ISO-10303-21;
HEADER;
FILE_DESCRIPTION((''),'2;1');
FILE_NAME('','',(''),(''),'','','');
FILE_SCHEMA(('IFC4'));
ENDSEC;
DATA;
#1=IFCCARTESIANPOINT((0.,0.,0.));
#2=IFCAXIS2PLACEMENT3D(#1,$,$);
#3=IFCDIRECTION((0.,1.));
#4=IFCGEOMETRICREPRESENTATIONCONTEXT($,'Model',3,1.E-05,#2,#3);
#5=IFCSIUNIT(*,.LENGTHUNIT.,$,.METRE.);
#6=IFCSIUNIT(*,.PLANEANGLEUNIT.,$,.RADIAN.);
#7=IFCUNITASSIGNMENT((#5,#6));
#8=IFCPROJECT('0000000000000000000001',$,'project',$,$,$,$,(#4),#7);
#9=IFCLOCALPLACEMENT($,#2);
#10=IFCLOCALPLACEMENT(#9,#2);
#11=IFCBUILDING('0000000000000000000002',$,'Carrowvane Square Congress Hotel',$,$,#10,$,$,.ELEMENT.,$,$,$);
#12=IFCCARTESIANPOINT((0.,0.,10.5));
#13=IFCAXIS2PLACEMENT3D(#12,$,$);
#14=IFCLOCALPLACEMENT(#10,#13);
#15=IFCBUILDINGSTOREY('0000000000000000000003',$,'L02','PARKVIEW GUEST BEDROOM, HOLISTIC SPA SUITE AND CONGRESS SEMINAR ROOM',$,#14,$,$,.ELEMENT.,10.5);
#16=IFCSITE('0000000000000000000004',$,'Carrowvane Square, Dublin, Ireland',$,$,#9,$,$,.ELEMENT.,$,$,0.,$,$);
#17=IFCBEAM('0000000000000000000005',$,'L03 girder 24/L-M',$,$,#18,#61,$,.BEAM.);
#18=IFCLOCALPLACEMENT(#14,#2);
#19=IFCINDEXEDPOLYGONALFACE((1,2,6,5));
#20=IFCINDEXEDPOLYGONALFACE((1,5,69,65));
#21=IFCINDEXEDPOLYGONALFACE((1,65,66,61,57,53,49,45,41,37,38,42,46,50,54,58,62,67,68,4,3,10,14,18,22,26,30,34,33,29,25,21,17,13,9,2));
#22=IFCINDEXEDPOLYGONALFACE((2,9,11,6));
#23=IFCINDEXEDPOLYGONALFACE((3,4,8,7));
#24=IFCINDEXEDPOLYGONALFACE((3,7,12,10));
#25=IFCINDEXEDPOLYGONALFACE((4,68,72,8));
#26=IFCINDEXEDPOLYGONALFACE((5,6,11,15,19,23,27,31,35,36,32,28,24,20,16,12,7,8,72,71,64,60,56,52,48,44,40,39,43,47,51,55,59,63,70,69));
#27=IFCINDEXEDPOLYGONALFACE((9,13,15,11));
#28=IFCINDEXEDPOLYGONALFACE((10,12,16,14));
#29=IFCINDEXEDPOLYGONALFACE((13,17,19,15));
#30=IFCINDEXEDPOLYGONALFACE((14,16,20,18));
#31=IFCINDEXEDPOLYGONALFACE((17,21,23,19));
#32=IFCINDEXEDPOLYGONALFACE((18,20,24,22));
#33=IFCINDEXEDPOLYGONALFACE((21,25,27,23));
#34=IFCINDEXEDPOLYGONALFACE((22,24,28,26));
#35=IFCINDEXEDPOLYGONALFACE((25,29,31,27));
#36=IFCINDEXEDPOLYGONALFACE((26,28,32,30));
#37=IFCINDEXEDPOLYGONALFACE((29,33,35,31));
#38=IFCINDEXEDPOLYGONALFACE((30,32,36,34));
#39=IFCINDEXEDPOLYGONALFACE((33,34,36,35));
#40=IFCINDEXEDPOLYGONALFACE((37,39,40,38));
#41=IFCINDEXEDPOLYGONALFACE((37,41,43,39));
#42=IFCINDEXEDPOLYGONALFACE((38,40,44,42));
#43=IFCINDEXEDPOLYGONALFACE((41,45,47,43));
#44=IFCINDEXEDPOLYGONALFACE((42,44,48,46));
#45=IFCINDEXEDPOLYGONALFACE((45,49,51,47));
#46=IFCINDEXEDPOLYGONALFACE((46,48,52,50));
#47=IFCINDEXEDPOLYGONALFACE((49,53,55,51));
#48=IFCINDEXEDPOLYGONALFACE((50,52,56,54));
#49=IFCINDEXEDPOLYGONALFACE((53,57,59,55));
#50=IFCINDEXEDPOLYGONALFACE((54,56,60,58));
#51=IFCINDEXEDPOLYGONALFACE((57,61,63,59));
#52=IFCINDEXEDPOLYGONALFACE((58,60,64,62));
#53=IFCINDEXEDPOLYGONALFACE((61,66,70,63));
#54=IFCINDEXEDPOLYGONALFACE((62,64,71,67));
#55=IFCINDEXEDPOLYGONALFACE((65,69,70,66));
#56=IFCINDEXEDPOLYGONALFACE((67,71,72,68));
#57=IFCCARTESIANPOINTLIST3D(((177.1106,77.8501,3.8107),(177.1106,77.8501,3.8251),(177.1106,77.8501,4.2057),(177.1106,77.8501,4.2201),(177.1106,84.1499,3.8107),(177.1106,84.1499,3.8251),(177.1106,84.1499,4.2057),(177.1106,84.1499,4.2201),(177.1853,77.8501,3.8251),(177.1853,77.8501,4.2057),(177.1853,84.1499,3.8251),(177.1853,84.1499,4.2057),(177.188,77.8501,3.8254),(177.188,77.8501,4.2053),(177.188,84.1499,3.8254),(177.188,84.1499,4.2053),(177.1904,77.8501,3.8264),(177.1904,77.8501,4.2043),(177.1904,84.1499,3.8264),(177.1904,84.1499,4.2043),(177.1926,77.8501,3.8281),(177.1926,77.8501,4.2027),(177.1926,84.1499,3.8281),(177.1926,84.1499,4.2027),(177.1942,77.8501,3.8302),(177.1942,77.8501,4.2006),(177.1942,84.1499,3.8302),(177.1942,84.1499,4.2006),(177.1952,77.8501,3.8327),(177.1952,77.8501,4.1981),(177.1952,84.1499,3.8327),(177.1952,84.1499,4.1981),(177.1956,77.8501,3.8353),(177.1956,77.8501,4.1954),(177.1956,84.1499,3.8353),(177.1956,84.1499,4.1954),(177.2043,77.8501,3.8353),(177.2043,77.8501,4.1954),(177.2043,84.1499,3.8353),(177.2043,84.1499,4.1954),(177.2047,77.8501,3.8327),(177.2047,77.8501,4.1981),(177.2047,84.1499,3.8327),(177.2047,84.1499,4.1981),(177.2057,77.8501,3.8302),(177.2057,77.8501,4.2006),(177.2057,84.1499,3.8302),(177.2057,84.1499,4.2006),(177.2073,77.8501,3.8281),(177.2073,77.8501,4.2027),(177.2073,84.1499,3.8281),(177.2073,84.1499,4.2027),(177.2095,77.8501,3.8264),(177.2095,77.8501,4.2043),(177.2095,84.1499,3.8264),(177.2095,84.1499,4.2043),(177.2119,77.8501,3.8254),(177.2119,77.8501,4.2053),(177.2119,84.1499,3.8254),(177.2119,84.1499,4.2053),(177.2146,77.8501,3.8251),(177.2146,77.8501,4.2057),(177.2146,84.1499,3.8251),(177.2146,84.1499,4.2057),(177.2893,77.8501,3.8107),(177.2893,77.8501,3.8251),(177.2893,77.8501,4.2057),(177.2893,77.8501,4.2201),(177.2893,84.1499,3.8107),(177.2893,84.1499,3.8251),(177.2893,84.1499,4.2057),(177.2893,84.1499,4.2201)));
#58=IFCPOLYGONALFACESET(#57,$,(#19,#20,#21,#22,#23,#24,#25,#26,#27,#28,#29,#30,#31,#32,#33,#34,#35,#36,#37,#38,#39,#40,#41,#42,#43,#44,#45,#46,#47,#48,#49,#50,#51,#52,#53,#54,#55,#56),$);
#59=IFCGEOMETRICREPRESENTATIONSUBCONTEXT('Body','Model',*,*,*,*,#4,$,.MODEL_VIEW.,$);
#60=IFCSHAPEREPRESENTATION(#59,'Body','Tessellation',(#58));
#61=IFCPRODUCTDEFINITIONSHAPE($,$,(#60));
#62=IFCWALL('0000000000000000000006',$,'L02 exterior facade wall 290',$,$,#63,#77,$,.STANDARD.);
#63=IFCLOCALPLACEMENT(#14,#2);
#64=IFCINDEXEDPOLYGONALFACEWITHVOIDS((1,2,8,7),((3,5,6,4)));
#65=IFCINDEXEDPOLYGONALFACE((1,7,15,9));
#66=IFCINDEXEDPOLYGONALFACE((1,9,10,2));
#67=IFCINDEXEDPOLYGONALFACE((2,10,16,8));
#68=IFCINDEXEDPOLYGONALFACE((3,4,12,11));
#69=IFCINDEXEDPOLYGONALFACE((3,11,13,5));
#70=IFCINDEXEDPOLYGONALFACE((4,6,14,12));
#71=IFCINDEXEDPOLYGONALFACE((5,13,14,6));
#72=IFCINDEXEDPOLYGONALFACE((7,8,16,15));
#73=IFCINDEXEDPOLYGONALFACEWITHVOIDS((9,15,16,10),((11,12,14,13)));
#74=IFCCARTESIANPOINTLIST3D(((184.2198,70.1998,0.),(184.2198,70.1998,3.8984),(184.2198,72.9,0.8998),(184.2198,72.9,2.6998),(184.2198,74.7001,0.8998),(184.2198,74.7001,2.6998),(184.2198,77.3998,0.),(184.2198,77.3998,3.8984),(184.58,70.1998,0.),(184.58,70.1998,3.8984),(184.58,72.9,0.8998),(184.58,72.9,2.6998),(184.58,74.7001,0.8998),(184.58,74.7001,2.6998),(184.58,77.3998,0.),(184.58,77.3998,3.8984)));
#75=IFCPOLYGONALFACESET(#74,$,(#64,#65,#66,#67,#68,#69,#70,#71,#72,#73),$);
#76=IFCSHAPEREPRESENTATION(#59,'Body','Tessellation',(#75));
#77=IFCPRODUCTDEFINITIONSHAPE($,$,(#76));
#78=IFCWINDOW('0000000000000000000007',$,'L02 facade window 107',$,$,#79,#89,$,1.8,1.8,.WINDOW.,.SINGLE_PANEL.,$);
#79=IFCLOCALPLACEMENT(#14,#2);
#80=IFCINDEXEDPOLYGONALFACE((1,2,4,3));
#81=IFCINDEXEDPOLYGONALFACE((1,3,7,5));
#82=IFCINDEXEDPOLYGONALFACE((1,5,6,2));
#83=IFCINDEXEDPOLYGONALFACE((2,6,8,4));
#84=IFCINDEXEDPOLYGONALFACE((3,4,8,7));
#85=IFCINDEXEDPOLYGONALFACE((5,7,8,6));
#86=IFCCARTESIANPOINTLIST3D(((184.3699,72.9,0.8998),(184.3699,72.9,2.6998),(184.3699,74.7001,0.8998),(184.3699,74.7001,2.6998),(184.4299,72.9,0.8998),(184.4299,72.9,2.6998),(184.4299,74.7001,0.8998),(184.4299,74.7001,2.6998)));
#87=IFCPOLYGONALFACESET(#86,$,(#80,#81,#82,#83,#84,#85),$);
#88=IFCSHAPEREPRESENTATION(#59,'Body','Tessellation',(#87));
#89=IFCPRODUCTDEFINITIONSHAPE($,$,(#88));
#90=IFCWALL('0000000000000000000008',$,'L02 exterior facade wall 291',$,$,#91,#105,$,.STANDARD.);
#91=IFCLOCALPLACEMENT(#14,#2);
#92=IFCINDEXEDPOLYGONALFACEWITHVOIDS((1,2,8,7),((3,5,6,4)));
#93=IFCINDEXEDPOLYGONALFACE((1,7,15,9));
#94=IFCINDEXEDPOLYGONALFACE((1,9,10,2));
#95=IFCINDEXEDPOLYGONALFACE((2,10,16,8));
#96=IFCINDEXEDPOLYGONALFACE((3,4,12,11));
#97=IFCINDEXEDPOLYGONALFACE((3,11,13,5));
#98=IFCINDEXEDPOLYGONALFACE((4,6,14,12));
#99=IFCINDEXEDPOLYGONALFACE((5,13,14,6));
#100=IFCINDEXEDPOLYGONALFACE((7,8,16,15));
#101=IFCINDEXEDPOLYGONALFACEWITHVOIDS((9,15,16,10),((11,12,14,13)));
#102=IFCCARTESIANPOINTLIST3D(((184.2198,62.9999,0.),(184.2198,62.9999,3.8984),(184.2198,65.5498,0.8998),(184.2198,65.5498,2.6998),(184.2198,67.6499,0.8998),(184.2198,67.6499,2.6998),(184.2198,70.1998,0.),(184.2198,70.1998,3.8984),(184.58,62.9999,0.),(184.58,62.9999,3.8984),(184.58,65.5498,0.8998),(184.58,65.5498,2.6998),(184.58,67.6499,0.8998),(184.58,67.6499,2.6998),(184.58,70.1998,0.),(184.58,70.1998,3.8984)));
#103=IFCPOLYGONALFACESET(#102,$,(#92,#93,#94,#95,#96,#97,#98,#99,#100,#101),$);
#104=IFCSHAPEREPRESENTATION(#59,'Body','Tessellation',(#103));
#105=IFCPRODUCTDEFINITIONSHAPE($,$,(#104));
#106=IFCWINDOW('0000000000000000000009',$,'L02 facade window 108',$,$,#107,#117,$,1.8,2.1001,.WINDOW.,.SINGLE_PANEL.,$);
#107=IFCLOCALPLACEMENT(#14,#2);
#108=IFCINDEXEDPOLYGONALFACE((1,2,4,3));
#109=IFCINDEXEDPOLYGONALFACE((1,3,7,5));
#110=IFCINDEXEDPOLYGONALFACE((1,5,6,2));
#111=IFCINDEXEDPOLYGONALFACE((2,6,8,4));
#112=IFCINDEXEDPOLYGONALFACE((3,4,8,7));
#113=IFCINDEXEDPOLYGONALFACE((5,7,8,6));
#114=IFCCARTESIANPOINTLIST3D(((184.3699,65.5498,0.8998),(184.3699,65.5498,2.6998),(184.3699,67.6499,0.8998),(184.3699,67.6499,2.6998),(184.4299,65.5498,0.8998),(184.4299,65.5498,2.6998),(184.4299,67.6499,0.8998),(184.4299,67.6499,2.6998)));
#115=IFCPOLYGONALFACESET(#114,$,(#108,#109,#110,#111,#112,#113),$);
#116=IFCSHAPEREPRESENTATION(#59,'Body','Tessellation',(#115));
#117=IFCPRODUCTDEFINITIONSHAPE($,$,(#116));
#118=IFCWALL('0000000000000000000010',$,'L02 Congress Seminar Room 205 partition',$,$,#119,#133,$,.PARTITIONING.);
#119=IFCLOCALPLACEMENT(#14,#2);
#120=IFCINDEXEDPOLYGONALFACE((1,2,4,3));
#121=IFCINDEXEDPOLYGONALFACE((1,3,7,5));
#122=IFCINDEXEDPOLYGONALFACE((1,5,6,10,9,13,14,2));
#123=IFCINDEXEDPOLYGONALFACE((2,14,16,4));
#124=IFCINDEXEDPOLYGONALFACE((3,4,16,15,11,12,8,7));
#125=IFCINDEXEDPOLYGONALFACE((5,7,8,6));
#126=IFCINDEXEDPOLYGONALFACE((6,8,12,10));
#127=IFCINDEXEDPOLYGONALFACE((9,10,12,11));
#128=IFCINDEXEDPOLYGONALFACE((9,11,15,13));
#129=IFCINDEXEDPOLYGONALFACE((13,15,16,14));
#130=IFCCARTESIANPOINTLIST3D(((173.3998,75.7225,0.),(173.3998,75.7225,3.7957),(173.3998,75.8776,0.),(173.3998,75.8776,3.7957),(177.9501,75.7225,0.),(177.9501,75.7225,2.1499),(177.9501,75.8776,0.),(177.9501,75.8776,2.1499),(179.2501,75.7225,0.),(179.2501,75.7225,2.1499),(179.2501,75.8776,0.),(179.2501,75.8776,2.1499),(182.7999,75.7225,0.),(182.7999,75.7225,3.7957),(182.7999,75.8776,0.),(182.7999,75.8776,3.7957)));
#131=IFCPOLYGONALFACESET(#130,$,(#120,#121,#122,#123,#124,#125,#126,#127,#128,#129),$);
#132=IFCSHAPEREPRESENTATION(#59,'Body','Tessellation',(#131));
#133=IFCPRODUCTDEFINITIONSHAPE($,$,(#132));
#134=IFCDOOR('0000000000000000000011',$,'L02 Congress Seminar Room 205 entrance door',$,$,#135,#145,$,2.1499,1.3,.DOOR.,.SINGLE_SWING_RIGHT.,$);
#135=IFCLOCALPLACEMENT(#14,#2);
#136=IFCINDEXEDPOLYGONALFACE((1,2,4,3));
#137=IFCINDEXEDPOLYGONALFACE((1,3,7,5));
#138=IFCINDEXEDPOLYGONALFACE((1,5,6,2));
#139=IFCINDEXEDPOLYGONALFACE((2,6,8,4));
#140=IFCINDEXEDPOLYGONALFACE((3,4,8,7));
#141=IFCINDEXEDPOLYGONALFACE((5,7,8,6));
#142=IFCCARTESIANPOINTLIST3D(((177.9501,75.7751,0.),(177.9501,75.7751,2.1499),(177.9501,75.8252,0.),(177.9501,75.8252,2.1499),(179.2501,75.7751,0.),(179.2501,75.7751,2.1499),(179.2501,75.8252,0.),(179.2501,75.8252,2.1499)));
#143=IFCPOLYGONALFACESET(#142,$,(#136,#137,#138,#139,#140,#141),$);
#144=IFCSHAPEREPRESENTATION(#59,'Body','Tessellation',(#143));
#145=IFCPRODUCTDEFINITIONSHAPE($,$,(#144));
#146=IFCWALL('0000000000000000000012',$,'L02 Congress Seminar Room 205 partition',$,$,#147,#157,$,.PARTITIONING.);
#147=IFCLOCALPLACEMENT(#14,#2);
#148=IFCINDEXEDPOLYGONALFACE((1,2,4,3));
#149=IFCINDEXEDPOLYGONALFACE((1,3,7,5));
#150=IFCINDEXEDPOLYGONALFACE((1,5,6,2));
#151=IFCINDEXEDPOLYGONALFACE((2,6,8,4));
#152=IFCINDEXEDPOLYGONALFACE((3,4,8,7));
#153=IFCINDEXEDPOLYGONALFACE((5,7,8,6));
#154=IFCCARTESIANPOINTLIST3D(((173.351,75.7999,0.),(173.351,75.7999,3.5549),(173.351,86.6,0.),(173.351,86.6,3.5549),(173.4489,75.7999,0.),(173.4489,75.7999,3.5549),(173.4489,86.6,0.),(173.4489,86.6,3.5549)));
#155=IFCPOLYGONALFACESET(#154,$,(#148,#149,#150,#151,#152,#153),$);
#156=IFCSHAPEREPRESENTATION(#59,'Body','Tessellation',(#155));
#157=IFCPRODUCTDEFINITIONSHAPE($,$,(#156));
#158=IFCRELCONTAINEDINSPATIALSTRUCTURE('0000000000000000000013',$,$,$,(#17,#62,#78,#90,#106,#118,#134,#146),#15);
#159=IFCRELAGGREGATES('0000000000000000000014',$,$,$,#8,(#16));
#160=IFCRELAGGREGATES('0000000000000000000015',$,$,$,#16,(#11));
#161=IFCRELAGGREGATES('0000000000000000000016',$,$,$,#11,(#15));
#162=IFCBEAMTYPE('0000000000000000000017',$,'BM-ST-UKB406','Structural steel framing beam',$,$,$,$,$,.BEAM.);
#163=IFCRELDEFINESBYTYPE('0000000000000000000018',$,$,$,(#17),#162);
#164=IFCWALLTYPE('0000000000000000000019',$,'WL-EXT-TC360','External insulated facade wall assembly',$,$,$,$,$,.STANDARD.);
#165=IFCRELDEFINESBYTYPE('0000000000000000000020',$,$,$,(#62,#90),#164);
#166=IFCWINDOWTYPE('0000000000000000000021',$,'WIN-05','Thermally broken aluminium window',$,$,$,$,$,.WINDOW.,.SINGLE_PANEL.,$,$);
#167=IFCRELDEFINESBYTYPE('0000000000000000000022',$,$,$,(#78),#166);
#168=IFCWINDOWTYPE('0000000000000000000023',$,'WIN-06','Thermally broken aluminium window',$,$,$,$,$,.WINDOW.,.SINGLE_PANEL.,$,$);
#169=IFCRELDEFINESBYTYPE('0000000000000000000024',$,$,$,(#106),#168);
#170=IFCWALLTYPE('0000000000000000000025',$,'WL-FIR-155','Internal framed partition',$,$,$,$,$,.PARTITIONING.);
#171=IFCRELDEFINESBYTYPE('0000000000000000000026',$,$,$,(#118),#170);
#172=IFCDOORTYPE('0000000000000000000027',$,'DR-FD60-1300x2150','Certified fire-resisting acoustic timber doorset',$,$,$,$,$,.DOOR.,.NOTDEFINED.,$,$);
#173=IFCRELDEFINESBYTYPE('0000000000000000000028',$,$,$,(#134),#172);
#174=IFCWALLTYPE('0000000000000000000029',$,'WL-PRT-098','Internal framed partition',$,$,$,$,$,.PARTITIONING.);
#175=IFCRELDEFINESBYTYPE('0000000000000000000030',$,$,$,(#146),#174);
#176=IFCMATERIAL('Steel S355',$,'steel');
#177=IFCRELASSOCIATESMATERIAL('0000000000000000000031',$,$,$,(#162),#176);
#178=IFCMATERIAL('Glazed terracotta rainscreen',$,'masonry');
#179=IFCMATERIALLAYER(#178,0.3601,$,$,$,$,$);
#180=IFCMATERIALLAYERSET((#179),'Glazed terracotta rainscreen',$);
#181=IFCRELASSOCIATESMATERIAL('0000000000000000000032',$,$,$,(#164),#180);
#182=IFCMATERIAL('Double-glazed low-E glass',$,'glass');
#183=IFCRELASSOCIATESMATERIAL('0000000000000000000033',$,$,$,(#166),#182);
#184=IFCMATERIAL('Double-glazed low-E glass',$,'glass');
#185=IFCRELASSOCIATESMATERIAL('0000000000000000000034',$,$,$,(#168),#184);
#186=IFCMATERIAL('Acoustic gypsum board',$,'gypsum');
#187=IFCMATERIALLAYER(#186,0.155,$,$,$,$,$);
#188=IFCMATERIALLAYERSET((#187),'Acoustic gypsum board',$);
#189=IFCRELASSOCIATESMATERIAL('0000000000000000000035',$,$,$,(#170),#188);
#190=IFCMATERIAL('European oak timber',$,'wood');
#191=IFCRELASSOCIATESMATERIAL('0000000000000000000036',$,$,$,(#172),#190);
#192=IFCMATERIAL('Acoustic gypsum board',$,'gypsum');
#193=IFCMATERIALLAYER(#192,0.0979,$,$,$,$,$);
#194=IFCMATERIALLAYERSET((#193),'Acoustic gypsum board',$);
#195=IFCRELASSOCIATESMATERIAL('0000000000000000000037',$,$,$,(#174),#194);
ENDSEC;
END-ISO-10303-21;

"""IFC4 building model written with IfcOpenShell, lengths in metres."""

from ifc_helpers import new_model, si_unit, direction, frame, frame_2d, origin, origin_2d, place, context, subcontext, project, spatial, rectangle, i_section, extrude, material, layer, layer_set, material_profile, profile_set, type_object, element, fill, save


model = new_model("IFC4")

# Units and contexts
model_context = context("Model", 3, precision=1e-05, world=origin(), true_north=direction((0.0, 1.0)))
body_context = subcontext(model_context, "Body", "Model", "MODEL_VIEW")
ifc_project = project(units=[si_unit("LENGTHUNIT", "METRE"), si_unit("PLANEANGLEUNIT", "RADIAN")], contexts=[model_context])

# Site, building, storey
site_placement = place(None, origin())
site = spatial("IfcSite", under=ifc_project, at=site_placement, Name="Carrowvane Square, Dublin, Ireland", CompositionType="ELEMENT", RefElevation=0.0)
building_placement = place(site_placement, origin())
building = spatial("IfcBuilding", under=site, at=building_placement, Name="Carrowvane Square Congress Hotel", CompositionType="ELEMENT")
storey_placement = place(building_placement, frame((0.0, 0.0, 10.5)))
storey = spatial("IfcBuildingStorey", under=building, at=storey_placement, Name="L02", Description="PARKVIEW GUEST BEDROOM, HOLISTIC SPA SUITE AND CONGRESS SEMINAR ROOM", CompositionType="ELEMENT", Elevation=10.5)

# Beam
ifc_material_1 = material(Name="Steel S355", Category="steel")
ifc_material_profile_1 = material_profile(ifc_material_1, i_section(OverallWidth=0.1787, OverallDepth=0.4094, WebThickness=0.0088, FlangeThickness=0.0144, FilletRadius=0.0103, at=origin_2d()), Name="UKB 406x178x67")
ifc_profile_set_1 = profile_set([ifc_material_profile_1], Name="Steel S355")
beam_type_1 = type_object("IfcBeamType", Name="BM-ST-UKB406", Description="Structural steel framing beam", PredefinedType="BEAM", material=ifc_profile_set_1)
beam_1_placement = place(storey_placement, frame((177.2, 77.8501, 4.0154), z_axis=(0.0, 1.0, 0.0), x_axis=(-1.0, 0.0, 0.0)))
element("IfcBeam", 1, at=beam_1_placement, inside=storey, type_object=beam_type_1, Name="L03 girder 24/L-M", PredefinedType="BEAM", context=body_context, shape_type="SweptSolid", body=[
    extrude(i_section(OverallWidth=0.1787, OverallDepth=0.4094, WebThickness=0.0088, FlangeThickness=0.0144, FilletRadius=0.0103, at=origin_2d()), origin(), (0.0, 0.0, 1.0), 6.2998),
])

# Walls, openings, windows
ifc_material_2 = material(Name="Glazed terracotta rainscreen", Category="masonry")
ifc_layer_1 = layer(ifc_material_2, 0.3601)
ifc_layer_set_1 = layer_set([ifc_layer_1], Name="Glazed terracotta rainscreen")
wall_type_1 = type_object("IfcWallType", Name="WL-EXT-TC360", Description="External insulated facade wall assembly", PredefinedType="STANDARD", material=ifc_layer_set_1)
wall_1_placement = place(storey_placement, frame((184.3999, 77.3999, 0.0), z_axis=(0.0, 0.0, 1.0), x_axis=(0.0, -1.0, 0.0)))
wall_1 = element("IfcWall", 2, at=wall_1_placement, inside=storey, type_object=wall_type_1, Name="L02 exterior facade wall 290", PredefinedType="STANDARD", context=body_context, shape_type="SweptSolid", body=[
    extrude(rectangle(XDim=7.2, YDim=0.3601, at=frame_2d((3.6001, 0.0))), origin(), (0.0, 0.0, 1.0), 3.8984),
])
opening_1_placement = place(wall_1_placement, frame((2.7, 0.0, 0.8999)))
opening_1 = element("IfcOpeningElement", 3, at=opening_1_placement, cuts=wall_1, PredefinedType="OPENING", context=body_context, shape_type="SweptSolid", body=[
    extrude(rectangle(XDim=1.8, YDim=1.8, at=frame_2d((0.8999, 0.8999))), frame((0.0, 0.1899, 0.0), z_axis=(0.0, -1.0, 0.0), x_axis=(1.0, 0.0, 0.0)), (0.0, 0.0, 1.0), 0.3801),
])
ifc_material_3 = material(Name="Double-glazed low-E glass", Category="glass")
window_type_1 = type_object("IfcWindowType", Name="WIN-05", Description="Thermally broken aluminium window", PartitioningType="SINGLE_PANEL", PredefinedType="WINDOW", material=ifc_material_3)
window_1_placement = place(opening_1_placement, origin())
window_1 = element("IfcWindow", 4, at=window_1_placement, inside=storey, type_object=window_type_1, Name="L02 facade window 107", OverallHeight=1.8, OverallWidth=1.8, PartitioningType="SINGLE_PANEL", PredefinedType="WINDOW", context=body_context, shape_type="SweptSolid", body=[
    extrude(rectangle(XDim=1.8, YDim=1.8, at=frame_2d((0.8999, 0.8999))), frame((0.0, 0.03, 0.0), z_axis=(0.0, -1.0, 0.0), x_axis=(1.0, 0.0, 0.0)), (0.0, 0.0, 1.0), 0.0601),
])
fill(opening_1, window_1)
wall_2_placement = place(storey_placement, frame((184.3999, 70.2, 0.0), z_axis=(0.0, 0.0, 1.0), x_axis=(0.0, -1.0, 0.0)))
wall_2 = element("IfcWall", 5, at=wall_2_placement, inside=storey, type_object=wall_type_1, Name="L02 exterior facade wall 291", PredefinedType="STANDARD", context=body_context, shape_type="SweptSolid", body=[
    extrude(rectangle(XDim=7.2, YDim=0.3601, at=frame_2d((3.6001, 0.0))), origin(), (0.0, 0.0, 1.0), 3.8984),
])
opening_2_placement = place(wall_2_placement, frame((2.55, 0.0, 0.8999)))
opening_2 = element("IfcOpeningElement", 6, at=opening_2_placement, cuts=wall_2, PredefinedType="OPENING", context=body_context, shape_type="SweptSolid", body=[
    extrude(rectangle(XDim=2.1001, YDim=1.8, at=frame_2d((1.05, 0.8999))), frame((0.0, 0.1899, 0.0), z_axis=(0.0, -1.0, 0.0), x_axis=(1.0, 0.0, 0.0)), (0.0, 0.0, 1.0), 0.3801),
])
ifc_material_4 = material(Name="Double-glazed low-E glass", Category="glass")
window_type_2 = type_object("IfcWindowType", Name="WIN-06", Description="Thermally broken aluminium window", PartitioningType="SINGLE_PANEL", PredefinedType="WINDOW", material=ifc_material_4)
window_2_placement = place(opening_2_placement, origin())
window_2 = element("IfcWindow", 7, at=window_2_placement, inside=storey, type_object=window_type_2, Name="L02 facade window 108", OverallHeight=1.8, OverallWidth=2.1001, PartitioningType="SINGLE_PANEL", PredefinedType="WINDOW", context=body_context, shape_type="SweptSolid", body=[
    extrude(rectangle(XDim=2.1001, YDim=1.8, at=frame_2d((1.05, 0.8999))), frame((0.0, 0.03, 0.0), z_axis=(0.0, -1.0, 0.0), x_axis=(1.0, 0.0, 0.0)), (0.0, 0.0, 1.0), 0.0601),
])
fill(opening_2, window_2)

# Wall, opening, door
ifc_material_5 = material(Name="Acoustic gypsum board", Category="gypsum")
ifc_layer_2 = layer(ifc_material_5, 0.155)
ifc_layer_set_2 = layer_set([ifc_layer_2], Name="Acoustic gypsum board")
wall_type_2 = type_object("IfcWallType", Name="WL-FIR-155", Description="Internal framed partition", PredefinedType="PARTITIONING", material=ifc_layer_set_2)
wall_3_placement = place(storey_placement, frame((182.8, 75.8, 0.0), z_axis=(0.0, 0.0, 1.0), x_axis=(-1.0, 0.0, 0.0)))
wall_3 = element("IfcWall", 8, at=wall_3_placement, inside=storey, type_object=wall_type_2, Name="L02 Congress Seminar Room 205 partition", PredefinedType="PARTITIONING", context=body_context, shape_type="SweptSolid", body=[
    extrude(rectangle(XDim=9.4001, YDim=0.155, at=frame_2d((4.7002, 0.0))), origin(), (0.0, 0.0, 1.0), 3.7957),
])
opening_3_placement = place(wall_3_placement, frame((3.55, 0.0, 0.0)))
opening_3 = element("IfcOpeningElement", 9, at=opening_3_placement, cuts=wall_3, PredefinedType="OPENING", context=body_context, shape_type="SweptSolid", body=[
    extrude(rectangle(XDim=1.3, YDim=2.1499, at=frame_2d((0.6499, 1.075))), frame((0.0, 0.0874, 0.0), z_axis=(0.0, -1.0, 0.0), x_axis=(1.0, 0.0, 0.0)), (0.0, 0.0, 1.0), 0.175),
])
ifc_material_6 = material(Name="European oak timber", Category="wood")
door_type_1 = type_object("IfcDoorType", Name="DR-FD60-1300x2150", Description="Certified fire-resisting acoustic timber doorset", OperationType="NOTDEFINED", PredefinedType="DOOR", material=ifc_material_6)
door_1_placement = place(opening_3_placement, origin())
door_1 = element("IfcDoor", 10, at=door_1_placement, inside=storey, type_object=door_type_1, Name="L02 Congress Seminar Room 205 entrance door", OperationType="SINGLE_SWING_RIGHT", OverallHeight=2.1499, OverallWidth=1.3, PredefinedType="DOOR", context=body_context, shape_type="SweptSolid", body=[
    extrude(rectangle(XDim=1.3, YDim=2.1499, at=frame_2d((0.6499, 1.075))), frame((0.0, 0.0249, 0.0), z_axis=(0.0, -1.0, 0.0), x_axis=(1.0, 0.0, 0.0)), (0.0, 0.0, 1.0), 0.05),
])
fill(opening_3, door_1)

# Wall
ifc_material_7 = material(Name="Acoustic gypsum board", Category="gypsum")
ifc_layer_3 = layer(ifc_material_7, 0.0979)
ifc_layer_set_3 = layer_set([ifc_layer_3], Name="Acoustic gypsum board")
wall_type_3 = type_object("IfcWallType", Name="WL-PRT-098", Description="Internal framed partition", PredefinedType="PARTITIONING", material=ifc_layer_set_3)
wall_4_placement = place(storey_placement, frame((173.3999, 75.8, 0.0), z_axis=(0.0, 0.0, 1.0), x_axis=(0.0, 1.0, 0.0)))
element("IfcWall", 11, at=wall_4_placement, inside=storey, type_object=wall_type_3, Name="L02 Congress Seminar Room 205 partition", PredefinedType="PARTITIONING", context=body_context, shape_type="SweptSolid", body=[
    extrude(rectangle(XDim=10.8, YDim=0.0979, at=frame_2d((5.3999, 0.0))), origin(), (0.0, 0.0, 1.0), 3.5549),
])

save(model, "model.ifc")
